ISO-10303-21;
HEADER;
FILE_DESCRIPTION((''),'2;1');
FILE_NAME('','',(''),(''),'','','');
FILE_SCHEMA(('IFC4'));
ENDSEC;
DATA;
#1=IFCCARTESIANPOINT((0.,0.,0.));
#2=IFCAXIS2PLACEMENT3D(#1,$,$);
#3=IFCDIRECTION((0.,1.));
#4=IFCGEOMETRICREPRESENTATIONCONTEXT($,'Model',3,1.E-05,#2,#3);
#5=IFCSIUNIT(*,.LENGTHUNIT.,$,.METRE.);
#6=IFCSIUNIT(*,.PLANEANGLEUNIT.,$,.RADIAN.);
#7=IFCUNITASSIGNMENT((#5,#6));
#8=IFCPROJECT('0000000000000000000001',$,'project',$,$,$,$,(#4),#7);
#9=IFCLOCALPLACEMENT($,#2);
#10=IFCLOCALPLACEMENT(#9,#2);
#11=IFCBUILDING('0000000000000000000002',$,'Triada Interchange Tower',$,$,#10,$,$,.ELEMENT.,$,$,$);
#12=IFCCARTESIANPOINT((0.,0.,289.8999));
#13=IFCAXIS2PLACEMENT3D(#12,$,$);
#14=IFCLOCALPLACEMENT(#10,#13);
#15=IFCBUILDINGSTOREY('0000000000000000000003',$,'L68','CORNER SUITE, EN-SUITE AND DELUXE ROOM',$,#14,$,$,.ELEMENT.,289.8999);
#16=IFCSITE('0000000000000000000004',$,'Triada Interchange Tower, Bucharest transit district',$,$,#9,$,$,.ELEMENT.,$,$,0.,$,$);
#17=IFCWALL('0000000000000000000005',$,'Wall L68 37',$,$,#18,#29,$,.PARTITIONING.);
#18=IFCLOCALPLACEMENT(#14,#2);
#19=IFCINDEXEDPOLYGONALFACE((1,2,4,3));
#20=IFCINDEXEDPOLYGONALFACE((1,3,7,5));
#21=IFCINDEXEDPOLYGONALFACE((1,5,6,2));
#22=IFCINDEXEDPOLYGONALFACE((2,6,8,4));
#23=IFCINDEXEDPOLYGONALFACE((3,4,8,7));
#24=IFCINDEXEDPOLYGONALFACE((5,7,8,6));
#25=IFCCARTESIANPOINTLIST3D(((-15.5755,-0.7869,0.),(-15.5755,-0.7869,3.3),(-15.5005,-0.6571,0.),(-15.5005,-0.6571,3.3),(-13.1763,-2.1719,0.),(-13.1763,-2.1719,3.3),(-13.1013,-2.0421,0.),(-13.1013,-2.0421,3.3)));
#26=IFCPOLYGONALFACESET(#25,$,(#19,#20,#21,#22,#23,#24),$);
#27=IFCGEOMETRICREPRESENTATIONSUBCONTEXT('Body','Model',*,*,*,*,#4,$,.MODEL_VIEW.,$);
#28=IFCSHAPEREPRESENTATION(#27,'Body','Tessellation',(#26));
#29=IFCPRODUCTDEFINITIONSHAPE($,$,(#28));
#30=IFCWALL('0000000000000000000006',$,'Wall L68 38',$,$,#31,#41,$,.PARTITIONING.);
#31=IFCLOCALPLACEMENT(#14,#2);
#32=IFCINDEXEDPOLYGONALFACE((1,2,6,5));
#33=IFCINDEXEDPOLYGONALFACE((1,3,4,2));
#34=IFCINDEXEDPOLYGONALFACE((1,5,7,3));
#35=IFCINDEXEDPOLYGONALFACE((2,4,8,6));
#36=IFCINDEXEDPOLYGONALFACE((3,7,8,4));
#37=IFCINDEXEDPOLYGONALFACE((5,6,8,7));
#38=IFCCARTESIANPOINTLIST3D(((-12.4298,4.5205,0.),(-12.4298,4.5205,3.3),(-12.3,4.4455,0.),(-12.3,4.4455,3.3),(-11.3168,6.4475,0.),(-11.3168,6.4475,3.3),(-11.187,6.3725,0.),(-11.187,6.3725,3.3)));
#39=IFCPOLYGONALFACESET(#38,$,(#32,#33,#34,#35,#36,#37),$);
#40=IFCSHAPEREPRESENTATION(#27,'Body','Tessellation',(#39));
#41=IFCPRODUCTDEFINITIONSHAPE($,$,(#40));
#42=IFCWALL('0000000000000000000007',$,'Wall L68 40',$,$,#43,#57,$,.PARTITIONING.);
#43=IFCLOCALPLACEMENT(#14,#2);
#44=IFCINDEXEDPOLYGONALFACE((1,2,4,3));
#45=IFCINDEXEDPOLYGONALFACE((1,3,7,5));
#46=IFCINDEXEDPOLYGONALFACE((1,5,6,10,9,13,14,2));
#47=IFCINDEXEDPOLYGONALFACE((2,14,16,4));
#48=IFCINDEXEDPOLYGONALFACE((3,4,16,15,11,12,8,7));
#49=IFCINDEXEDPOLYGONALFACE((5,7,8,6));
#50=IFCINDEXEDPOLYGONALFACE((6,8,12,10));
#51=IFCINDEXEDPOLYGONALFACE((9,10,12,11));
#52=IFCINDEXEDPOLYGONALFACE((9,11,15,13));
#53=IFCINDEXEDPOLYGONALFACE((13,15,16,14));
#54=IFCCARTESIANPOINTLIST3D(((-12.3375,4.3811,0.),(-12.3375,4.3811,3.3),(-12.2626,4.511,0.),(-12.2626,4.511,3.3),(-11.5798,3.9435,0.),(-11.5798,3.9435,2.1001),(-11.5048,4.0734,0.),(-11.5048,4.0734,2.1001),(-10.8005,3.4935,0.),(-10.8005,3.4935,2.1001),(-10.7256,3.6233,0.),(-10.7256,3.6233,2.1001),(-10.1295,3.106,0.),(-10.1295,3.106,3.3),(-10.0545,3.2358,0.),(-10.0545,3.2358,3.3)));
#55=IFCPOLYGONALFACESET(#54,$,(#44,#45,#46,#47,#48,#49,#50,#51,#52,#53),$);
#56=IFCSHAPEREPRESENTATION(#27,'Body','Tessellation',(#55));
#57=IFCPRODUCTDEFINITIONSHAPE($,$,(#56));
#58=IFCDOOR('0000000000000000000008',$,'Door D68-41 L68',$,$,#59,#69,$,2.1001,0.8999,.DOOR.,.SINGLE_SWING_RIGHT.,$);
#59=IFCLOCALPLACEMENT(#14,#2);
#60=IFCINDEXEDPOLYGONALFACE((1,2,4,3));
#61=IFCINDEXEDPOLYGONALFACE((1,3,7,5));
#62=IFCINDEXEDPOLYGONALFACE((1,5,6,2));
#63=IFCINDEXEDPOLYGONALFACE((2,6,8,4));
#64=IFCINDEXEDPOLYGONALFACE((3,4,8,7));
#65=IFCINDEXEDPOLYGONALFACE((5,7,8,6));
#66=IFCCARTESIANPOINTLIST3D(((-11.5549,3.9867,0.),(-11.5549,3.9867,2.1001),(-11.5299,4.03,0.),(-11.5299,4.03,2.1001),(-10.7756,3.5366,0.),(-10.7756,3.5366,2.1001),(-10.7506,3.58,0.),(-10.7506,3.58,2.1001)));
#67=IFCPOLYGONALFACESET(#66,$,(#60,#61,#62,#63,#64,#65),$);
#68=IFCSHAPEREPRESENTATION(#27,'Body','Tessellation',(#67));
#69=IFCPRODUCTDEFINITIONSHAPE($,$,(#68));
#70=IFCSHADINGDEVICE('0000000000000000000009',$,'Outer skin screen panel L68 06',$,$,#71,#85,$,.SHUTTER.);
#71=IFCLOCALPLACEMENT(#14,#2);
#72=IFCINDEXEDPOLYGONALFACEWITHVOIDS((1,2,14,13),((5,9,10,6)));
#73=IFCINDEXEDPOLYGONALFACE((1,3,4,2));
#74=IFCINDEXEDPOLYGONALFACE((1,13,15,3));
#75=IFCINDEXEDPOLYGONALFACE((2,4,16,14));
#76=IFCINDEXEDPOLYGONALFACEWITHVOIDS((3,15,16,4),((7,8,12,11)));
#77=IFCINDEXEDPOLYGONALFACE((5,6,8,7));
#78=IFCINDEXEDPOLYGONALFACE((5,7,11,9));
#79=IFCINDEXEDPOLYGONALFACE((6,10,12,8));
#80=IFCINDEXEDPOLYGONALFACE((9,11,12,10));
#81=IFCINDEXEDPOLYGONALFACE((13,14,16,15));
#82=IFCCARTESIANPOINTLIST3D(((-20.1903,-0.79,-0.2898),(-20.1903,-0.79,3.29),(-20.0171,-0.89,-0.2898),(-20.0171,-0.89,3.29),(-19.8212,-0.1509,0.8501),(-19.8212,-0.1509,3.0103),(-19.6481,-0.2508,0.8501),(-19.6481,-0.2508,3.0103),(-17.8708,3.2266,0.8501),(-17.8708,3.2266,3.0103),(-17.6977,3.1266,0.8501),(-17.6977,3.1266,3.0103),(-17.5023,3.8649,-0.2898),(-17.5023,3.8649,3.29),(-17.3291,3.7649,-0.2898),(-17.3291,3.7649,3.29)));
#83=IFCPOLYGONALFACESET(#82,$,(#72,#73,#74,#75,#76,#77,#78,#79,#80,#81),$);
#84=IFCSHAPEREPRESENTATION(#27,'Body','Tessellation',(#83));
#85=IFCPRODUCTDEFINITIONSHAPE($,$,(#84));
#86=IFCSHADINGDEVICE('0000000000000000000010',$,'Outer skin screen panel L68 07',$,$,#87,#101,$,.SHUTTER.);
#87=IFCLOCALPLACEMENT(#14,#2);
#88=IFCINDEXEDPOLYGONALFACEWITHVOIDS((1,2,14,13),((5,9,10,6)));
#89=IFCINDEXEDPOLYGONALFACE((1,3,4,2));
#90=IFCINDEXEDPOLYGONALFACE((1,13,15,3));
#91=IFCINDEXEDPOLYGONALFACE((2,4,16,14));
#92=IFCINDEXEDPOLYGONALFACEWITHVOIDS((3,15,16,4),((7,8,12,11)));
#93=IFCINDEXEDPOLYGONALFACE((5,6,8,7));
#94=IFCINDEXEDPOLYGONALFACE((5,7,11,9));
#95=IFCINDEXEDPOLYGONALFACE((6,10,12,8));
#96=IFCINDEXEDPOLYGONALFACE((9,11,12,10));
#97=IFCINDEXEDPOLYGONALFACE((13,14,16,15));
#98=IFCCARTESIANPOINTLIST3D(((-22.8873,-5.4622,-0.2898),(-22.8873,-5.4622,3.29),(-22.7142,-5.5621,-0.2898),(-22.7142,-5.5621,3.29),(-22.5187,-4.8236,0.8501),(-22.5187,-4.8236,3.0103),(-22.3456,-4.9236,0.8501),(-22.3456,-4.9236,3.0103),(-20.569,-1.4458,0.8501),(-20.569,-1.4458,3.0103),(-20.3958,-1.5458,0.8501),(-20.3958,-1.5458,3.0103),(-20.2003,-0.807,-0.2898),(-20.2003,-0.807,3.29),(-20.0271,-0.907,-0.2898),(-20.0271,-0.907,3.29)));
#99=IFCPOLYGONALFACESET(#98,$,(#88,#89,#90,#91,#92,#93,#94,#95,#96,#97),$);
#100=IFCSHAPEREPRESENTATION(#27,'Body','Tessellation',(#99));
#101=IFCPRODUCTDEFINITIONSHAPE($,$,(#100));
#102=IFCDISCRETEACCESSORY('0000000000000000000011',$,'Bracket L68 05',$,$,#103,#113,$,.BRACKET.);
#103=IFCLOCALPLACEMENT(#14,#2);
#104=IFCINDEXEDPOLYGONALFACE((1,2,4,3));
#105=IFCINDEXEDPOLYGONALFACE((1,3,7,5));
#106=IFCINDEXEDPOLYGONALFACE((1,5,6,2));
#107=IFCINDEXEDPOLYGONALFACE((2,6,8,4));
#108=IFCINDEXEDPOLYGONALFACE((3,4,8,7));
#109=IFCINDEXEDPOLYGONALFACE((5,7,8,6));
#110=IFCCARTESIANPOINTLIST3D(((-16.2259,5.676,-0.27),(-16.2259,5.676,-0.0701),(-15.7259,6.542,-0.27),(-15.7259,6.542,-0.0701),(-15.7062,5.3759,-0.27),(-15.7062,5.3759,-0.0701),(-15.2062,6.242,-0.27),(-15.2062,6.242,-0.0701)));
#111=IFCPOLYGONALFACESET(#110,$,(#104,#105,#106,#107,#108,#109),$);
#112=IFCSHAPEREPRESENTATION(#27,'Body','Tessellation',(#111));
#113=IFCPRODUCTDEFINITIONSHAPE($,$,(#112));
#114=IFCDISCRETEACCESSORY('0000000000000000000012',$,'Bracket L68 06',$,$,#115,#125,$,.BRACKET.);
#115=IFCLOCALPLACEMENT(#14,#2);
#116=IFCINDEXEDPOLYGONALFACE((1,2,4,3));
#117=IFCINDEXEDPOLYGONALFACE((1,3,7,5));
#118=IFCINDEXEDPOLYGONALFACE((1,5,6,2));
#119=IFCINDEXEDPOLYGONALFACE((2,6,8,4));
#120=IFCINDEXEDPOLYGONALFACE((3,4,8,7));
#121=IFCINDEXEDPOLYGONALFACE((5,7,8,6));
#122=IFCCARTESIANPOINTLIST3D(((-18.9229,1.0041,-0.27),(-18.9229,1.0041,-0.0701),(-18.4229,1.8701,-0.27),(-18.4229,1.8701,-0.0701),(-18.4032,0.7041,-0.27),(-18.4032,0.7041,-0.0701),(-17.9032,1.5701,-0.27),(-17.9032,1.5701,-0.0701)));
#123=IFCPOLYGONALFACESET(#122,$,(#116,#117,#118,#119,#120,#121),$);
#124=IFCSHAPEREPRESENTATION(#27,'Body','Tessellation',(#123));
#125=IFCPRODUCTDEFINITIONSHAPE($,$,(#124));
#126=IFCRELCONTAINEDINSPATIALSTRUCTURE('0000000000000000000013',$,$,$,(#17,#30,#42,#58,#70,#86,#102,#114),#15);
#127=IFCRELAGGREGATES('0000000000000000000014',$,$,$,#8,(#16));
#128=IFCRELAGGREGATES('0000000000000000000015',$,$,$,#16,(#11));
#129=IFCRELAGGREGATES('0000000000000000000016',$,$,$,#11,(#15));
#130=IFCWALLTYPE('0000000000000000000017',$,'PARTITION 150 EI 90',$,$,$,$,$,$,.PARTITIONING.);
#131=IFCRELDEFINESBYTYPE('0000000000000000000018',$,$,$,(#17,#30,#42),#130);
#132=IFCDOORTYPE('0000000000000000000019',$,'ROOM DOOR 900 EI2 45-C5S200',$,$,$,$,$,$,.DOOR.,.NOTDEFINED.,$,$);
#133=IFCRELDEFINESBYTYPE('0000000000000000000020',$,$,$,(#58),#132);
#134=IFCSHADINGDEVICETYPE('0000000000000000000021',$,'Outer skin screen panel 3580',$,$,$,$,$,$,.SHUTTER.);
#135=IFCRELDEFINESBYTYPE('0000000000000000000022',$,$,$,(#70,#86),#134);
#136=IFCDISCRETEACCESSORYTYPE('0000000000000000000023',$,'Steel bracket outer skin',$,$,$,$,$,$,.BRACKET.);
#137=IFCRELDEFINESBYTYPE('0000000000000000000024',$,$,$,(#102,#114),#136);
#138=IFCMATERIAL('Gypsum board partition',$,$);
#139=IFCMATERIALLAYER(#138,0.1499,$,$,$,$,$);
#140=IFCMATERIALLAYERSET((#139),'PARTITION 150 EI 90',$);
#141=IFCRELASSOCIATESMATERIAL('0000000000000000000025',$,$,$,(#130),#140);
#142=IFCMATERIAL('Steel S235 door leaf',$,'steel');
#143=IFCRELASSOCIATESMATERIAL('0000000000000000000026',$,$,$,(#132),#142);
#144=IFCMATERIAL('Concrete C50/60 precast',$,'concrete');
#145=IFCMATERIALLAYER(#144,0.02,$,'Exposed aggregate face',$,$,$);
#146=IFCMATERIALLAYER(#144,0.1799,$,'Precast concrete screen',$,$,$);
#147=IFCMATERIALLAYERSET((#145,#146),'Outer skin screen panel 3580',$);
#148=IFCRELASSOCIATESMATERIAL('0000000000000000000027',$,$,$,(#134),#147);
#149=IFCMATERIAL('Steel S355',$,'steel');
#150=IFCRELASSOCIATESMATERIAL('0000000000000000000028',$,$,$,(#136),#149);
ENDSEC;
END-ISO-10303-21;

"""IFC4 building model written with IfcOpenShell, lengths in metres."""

from ifc_helpers import new_model, si_unit, direction, frame, frame_2d, origin, origin_2d, place, context, subcontext, project, spatial, polyline, rectangle, outline, extrude, material, layer, layer_set, type_object, element, fill, save


model = new_model("IFC4")

# Units and contexts
model_context = context("Model", 3, precision=1e-05, world=origin(), true_north=direction((0.0, 1.0)))
body_context = subcontext(model_context, "Body", "Model", "MODEL_VIEW")
ifc_project = project(units=[si_unit("LENGTHUNIT", "METRE"), si_unit("PLANEANGLEUNIT", "RADIAN")], contexts=[model_context])

# Site, building, storey
site_placement = place(None, origin())
site = spatial("IfcSite", under=ifc_project, at=site_placement, Name="Triada Interchange Tower, Bucharest transit district", CompositionType="ELEMENT", RefElevation=0.0)
building_placement = place(site_placement, origin())
building = spatial("IfcBuilding", under=site, at=building_placement, Name="Triada Interchange Tower", CompositionType="ELEMENT")
storey_placement = place(building_placement, frame((0.0, 0.0, 289.8999)))
storey = spatial("IfcBuildingStorey", under=building, at=storey_placement, Name="L68", Description="CORNER SUITE, EN-SUITE AND DELUXE ROOM", CompositionType="ELEMENT", Elevation=289.8999)

# Shared definitions
ifc_material_1 = material(Name="Gypsum board partition")

# Shared definitions
ifc_layer_1 = layer(ifc_material_1, 0.1499)
ifc_layer_set_1 = layer_set([ifc_layer_1], Name="PARTITION 150 EI 90")
wall_type_1 = type_object("IfcWallType", Name="PARTITION 150 EI 90", PredefinedType="PARTITIONING", material=ifc_layer_set_1)
ifc_material_2 = material(Name="Steel S235 door leaf", Category="steel")
door_type = type_object("IfcDoorType", Name="ROOM DOOR 900 EI2 45-C5S200", OperationType="NOTDEFINED", PredefinedType="DOOR", material=ifc_material_2)

# Walls
wall_1_placement = place(storey_placement, frame((-15.5381, -0.7219, 0.0), z_axis=(0.0, 0.0, 1.0), x_axis=(0.866049, -0.499959, 0.0)))
element("IfcWall", 1, at=wall_1_placement, inside=storey, type_object=wall_type_1, Name="Wall L68 37", PredefinedType="PARTITIONING", context=body_context, shape_type="SweptSolid", body=[
    extrude(rectangle(XDim=2.7703, YDim=0.1499, at=frame_2d((1.3853, 0.0))), origin(), (0.0, 0.0, 1.0), 3.3),
])
wall_2_placement = place(storey_placement, frame((-12.365, 4.4829, 0.0), z_axis=(0.0, 0.0, 1.0), x_axis=(0.500162, 0.865932, 0.0)))
element("IfcWall", 2, at=wall_2_placement, inside=storey, type_object=wall_type_1, Name="Wall L68 38", PredefinedType="PARTITIONING", context=body_context, shape_type="SweptSolid", body=[
    extrude(rectangle(XDim=2.2253, YDim=0.1499, at=frame_2d((1.1128, 0.0))), origin(), (0.0, 0.0, 1.0), 3.3),
])

# Wall, opening, door
wall_3_placement = place(storey_placement, frame((-12.3, 4.446, 0.0), z_axis=(0.0, 0.0, 1.0), x_axis=(0.865966, -0.500104, 0.0)))
wall_3 = element("IfcWall", 3, at=wall_3_placement, inside=storey, type_object=wall_type_1, Name="Wall L68 40", PredefinedType="PARTITIONING", context=body_context, shape_type="SweptSolid", body=[
    extrude(rectangle(XDim=2.5498, YDim=0.1499, at=frame_2d((1.2749, 0.0))), origin(), (0.0, 0.0, 1.0), 3.3),
])
opening_1_placement = place(wall_3_placement, frame((0.875, 0.0, 0.0)))
opening_1 = element("IfcOpeningElement", 4, at=opening_1_placement, cuts=wall_3, PredefinedType="OPENING", context=body_context, shape_type="SweptSolid", body=[
    extrude(rectangle(XDim=0.8999, YDim=2.1001, at=frame_2d((0.45, 1.05))), frame((0.0, 0.085, 0.0), z_axis=(0.0, -1.0, 0.0), x_axis=(1.0, 0.0, 0.0)), (0.0, 0.0, 1.0), 0.1699),
])
door_1_placement = place(opening_1_placement, origin())
door_1 = element("IfcDoor", 5, at=door_1_placement, inside=storey, type_object=door_type, Name="Door D68-41 L68", OperationType="SINGLE_SWING_RIGHT", OverallHeight=2.1001, OverallWidth=0.8999, PredefinedType="DOOR", context=body_context, shape_type="SweptSolid", body=[
    extrude(rectangle(XDim=0.8999, YDim=2.1001, at=frame_2d((0.45, 1.05))), frame((0.0, 0.0249, 0.0), z_axis=(0.0, -1.0, 0.0), x_axis=(1.0, 0.0, 0.0)), (0.0, 0.0, 1.0), 0.05),
])
fill(opening_1, door_1)

# Shading devices
ifc_material_3 = material(Name="Concrete C50/60 precast", Category="concrete")
ifc_layer_2 = layer(ifc_material_3, 0.02, Name="Exposed aggregate face")
ifc_layer_3 = layer(ifc_material_3, 0.1799, Name="Precast concrete screen")
ifc_layer_set_2 = layer_set([ifc_layer_2, ifc_layer_3], Name="Outer skin screen panel 3580")
shading_device_type = type_object("IfcShadingDeviceType", Name="Outer skin screen panel 3580", PredefinedType="SHUTTER", material=ifc_layer_set_2)
shading_device_1_placement = place(storey_placement, frame((-17.3291, 3.7649, -0.2898), z_axis=(0.0, 0.0, 1.0), x_axis=(-0.500076, -0.865981, 0.0)))
element("IfcShadingDevice", 6, at=shading_device_1_placement, inside=storey, type_object=shading_device_type, Name="Outer skin screen panel L68 06", PredefinedType="SHUTTER", context=body_context, shape_type="SweptSolid", body=[
    extrude(outline(polyline([(0.0, 0.0), (5.3752, 0.0), (5.3752, 3.5798), (0.0, 3.5798), (0.0, 0.0)]), holes=[polyline([(0.7371, 1.1399), (0.7371, 3.3), (4.6372, 3.3), (4.6372, 1.1399), (0.7371, 1.1399)])]), frame((0.0, 0.0, 0.0), z_axis=(0.0, -1.0, 0.0), x_axis=(1.0, 0.0, 0.0)), (0.0, 0.0, 1.0), 0.2),
])
shading_device_2_placement = place(storey_placement, frame((-20.0271, -0.907, -0.2898), z_axis=(0.0, 0.0, 1.0), x_axis=(-0.49992, -0.866071, 0.0)))
element("IfcShadingDevice", 7, at=shading_device_2_placement, inside=storey, type_object=shading_device_type, Name="Outer skin screen panel L68 07", PredefinedType="SHUTTER", context=body_context, shape_type="SweptSolid", body=[
    extrude(outline(polyline([(0.0, 0.0), (5.375, 0.0), (5.375, 3.5798), (0.0, 3.5798), (0.0, 0.0)]), holes=[polyline([(0.7375, 1.1399), (0.7375, 3.3), (4.6377, 3.3), (4.6377, 1.1399), (0.7375, 1.1399)])]), frame((0.0, 0.0, 0.0), z_axis=(0.0, -1.0, 0.0), x_axis=(1.0, 0.0, 0.0)), (0.0, 0.0, 1.0), 0.2),
])

# Discrete accessories
ifc_material_4 = material(Name="Steel S355", Category="steel")
discrete_accessory_type = type_object("IfcDiscreteAccessoryType", Name="Steel bracket outer skin", PredefinedType="BRACKET", material=ifc_material_4)
for number, where, z_axis, x_axis, name in (
    (8, (-15.7161, 5.959, -0.27), (0.0, 0.0, 1.0), (-0.866023, 0.500004, 0.0), "Bracket L68 05"),
    (9, (-18.4131, 1.2871, -0.27), (0.0, 0.0, 1.0), (-0.866023, 0.500004, 0.0), "Bracket L68 06"),
):
    element("IfcDiscreteAccessory", number, at=place(storey_placement, frame(where, z_axis=z_axis, x_axis=x_axis)), inside=storey, type_object=discrete_accessory_type, Name=name, PredefinedType="BRACKET", context=body_context, shape_type="SweptSolid", body=[
        extrude(rectangle(XDim=0.6001, YDim=1.0, at=origin_2d()), origin(), (0.0, 0.0, 1.0), 0.2),
    ])

save(model, "model.ifc")
